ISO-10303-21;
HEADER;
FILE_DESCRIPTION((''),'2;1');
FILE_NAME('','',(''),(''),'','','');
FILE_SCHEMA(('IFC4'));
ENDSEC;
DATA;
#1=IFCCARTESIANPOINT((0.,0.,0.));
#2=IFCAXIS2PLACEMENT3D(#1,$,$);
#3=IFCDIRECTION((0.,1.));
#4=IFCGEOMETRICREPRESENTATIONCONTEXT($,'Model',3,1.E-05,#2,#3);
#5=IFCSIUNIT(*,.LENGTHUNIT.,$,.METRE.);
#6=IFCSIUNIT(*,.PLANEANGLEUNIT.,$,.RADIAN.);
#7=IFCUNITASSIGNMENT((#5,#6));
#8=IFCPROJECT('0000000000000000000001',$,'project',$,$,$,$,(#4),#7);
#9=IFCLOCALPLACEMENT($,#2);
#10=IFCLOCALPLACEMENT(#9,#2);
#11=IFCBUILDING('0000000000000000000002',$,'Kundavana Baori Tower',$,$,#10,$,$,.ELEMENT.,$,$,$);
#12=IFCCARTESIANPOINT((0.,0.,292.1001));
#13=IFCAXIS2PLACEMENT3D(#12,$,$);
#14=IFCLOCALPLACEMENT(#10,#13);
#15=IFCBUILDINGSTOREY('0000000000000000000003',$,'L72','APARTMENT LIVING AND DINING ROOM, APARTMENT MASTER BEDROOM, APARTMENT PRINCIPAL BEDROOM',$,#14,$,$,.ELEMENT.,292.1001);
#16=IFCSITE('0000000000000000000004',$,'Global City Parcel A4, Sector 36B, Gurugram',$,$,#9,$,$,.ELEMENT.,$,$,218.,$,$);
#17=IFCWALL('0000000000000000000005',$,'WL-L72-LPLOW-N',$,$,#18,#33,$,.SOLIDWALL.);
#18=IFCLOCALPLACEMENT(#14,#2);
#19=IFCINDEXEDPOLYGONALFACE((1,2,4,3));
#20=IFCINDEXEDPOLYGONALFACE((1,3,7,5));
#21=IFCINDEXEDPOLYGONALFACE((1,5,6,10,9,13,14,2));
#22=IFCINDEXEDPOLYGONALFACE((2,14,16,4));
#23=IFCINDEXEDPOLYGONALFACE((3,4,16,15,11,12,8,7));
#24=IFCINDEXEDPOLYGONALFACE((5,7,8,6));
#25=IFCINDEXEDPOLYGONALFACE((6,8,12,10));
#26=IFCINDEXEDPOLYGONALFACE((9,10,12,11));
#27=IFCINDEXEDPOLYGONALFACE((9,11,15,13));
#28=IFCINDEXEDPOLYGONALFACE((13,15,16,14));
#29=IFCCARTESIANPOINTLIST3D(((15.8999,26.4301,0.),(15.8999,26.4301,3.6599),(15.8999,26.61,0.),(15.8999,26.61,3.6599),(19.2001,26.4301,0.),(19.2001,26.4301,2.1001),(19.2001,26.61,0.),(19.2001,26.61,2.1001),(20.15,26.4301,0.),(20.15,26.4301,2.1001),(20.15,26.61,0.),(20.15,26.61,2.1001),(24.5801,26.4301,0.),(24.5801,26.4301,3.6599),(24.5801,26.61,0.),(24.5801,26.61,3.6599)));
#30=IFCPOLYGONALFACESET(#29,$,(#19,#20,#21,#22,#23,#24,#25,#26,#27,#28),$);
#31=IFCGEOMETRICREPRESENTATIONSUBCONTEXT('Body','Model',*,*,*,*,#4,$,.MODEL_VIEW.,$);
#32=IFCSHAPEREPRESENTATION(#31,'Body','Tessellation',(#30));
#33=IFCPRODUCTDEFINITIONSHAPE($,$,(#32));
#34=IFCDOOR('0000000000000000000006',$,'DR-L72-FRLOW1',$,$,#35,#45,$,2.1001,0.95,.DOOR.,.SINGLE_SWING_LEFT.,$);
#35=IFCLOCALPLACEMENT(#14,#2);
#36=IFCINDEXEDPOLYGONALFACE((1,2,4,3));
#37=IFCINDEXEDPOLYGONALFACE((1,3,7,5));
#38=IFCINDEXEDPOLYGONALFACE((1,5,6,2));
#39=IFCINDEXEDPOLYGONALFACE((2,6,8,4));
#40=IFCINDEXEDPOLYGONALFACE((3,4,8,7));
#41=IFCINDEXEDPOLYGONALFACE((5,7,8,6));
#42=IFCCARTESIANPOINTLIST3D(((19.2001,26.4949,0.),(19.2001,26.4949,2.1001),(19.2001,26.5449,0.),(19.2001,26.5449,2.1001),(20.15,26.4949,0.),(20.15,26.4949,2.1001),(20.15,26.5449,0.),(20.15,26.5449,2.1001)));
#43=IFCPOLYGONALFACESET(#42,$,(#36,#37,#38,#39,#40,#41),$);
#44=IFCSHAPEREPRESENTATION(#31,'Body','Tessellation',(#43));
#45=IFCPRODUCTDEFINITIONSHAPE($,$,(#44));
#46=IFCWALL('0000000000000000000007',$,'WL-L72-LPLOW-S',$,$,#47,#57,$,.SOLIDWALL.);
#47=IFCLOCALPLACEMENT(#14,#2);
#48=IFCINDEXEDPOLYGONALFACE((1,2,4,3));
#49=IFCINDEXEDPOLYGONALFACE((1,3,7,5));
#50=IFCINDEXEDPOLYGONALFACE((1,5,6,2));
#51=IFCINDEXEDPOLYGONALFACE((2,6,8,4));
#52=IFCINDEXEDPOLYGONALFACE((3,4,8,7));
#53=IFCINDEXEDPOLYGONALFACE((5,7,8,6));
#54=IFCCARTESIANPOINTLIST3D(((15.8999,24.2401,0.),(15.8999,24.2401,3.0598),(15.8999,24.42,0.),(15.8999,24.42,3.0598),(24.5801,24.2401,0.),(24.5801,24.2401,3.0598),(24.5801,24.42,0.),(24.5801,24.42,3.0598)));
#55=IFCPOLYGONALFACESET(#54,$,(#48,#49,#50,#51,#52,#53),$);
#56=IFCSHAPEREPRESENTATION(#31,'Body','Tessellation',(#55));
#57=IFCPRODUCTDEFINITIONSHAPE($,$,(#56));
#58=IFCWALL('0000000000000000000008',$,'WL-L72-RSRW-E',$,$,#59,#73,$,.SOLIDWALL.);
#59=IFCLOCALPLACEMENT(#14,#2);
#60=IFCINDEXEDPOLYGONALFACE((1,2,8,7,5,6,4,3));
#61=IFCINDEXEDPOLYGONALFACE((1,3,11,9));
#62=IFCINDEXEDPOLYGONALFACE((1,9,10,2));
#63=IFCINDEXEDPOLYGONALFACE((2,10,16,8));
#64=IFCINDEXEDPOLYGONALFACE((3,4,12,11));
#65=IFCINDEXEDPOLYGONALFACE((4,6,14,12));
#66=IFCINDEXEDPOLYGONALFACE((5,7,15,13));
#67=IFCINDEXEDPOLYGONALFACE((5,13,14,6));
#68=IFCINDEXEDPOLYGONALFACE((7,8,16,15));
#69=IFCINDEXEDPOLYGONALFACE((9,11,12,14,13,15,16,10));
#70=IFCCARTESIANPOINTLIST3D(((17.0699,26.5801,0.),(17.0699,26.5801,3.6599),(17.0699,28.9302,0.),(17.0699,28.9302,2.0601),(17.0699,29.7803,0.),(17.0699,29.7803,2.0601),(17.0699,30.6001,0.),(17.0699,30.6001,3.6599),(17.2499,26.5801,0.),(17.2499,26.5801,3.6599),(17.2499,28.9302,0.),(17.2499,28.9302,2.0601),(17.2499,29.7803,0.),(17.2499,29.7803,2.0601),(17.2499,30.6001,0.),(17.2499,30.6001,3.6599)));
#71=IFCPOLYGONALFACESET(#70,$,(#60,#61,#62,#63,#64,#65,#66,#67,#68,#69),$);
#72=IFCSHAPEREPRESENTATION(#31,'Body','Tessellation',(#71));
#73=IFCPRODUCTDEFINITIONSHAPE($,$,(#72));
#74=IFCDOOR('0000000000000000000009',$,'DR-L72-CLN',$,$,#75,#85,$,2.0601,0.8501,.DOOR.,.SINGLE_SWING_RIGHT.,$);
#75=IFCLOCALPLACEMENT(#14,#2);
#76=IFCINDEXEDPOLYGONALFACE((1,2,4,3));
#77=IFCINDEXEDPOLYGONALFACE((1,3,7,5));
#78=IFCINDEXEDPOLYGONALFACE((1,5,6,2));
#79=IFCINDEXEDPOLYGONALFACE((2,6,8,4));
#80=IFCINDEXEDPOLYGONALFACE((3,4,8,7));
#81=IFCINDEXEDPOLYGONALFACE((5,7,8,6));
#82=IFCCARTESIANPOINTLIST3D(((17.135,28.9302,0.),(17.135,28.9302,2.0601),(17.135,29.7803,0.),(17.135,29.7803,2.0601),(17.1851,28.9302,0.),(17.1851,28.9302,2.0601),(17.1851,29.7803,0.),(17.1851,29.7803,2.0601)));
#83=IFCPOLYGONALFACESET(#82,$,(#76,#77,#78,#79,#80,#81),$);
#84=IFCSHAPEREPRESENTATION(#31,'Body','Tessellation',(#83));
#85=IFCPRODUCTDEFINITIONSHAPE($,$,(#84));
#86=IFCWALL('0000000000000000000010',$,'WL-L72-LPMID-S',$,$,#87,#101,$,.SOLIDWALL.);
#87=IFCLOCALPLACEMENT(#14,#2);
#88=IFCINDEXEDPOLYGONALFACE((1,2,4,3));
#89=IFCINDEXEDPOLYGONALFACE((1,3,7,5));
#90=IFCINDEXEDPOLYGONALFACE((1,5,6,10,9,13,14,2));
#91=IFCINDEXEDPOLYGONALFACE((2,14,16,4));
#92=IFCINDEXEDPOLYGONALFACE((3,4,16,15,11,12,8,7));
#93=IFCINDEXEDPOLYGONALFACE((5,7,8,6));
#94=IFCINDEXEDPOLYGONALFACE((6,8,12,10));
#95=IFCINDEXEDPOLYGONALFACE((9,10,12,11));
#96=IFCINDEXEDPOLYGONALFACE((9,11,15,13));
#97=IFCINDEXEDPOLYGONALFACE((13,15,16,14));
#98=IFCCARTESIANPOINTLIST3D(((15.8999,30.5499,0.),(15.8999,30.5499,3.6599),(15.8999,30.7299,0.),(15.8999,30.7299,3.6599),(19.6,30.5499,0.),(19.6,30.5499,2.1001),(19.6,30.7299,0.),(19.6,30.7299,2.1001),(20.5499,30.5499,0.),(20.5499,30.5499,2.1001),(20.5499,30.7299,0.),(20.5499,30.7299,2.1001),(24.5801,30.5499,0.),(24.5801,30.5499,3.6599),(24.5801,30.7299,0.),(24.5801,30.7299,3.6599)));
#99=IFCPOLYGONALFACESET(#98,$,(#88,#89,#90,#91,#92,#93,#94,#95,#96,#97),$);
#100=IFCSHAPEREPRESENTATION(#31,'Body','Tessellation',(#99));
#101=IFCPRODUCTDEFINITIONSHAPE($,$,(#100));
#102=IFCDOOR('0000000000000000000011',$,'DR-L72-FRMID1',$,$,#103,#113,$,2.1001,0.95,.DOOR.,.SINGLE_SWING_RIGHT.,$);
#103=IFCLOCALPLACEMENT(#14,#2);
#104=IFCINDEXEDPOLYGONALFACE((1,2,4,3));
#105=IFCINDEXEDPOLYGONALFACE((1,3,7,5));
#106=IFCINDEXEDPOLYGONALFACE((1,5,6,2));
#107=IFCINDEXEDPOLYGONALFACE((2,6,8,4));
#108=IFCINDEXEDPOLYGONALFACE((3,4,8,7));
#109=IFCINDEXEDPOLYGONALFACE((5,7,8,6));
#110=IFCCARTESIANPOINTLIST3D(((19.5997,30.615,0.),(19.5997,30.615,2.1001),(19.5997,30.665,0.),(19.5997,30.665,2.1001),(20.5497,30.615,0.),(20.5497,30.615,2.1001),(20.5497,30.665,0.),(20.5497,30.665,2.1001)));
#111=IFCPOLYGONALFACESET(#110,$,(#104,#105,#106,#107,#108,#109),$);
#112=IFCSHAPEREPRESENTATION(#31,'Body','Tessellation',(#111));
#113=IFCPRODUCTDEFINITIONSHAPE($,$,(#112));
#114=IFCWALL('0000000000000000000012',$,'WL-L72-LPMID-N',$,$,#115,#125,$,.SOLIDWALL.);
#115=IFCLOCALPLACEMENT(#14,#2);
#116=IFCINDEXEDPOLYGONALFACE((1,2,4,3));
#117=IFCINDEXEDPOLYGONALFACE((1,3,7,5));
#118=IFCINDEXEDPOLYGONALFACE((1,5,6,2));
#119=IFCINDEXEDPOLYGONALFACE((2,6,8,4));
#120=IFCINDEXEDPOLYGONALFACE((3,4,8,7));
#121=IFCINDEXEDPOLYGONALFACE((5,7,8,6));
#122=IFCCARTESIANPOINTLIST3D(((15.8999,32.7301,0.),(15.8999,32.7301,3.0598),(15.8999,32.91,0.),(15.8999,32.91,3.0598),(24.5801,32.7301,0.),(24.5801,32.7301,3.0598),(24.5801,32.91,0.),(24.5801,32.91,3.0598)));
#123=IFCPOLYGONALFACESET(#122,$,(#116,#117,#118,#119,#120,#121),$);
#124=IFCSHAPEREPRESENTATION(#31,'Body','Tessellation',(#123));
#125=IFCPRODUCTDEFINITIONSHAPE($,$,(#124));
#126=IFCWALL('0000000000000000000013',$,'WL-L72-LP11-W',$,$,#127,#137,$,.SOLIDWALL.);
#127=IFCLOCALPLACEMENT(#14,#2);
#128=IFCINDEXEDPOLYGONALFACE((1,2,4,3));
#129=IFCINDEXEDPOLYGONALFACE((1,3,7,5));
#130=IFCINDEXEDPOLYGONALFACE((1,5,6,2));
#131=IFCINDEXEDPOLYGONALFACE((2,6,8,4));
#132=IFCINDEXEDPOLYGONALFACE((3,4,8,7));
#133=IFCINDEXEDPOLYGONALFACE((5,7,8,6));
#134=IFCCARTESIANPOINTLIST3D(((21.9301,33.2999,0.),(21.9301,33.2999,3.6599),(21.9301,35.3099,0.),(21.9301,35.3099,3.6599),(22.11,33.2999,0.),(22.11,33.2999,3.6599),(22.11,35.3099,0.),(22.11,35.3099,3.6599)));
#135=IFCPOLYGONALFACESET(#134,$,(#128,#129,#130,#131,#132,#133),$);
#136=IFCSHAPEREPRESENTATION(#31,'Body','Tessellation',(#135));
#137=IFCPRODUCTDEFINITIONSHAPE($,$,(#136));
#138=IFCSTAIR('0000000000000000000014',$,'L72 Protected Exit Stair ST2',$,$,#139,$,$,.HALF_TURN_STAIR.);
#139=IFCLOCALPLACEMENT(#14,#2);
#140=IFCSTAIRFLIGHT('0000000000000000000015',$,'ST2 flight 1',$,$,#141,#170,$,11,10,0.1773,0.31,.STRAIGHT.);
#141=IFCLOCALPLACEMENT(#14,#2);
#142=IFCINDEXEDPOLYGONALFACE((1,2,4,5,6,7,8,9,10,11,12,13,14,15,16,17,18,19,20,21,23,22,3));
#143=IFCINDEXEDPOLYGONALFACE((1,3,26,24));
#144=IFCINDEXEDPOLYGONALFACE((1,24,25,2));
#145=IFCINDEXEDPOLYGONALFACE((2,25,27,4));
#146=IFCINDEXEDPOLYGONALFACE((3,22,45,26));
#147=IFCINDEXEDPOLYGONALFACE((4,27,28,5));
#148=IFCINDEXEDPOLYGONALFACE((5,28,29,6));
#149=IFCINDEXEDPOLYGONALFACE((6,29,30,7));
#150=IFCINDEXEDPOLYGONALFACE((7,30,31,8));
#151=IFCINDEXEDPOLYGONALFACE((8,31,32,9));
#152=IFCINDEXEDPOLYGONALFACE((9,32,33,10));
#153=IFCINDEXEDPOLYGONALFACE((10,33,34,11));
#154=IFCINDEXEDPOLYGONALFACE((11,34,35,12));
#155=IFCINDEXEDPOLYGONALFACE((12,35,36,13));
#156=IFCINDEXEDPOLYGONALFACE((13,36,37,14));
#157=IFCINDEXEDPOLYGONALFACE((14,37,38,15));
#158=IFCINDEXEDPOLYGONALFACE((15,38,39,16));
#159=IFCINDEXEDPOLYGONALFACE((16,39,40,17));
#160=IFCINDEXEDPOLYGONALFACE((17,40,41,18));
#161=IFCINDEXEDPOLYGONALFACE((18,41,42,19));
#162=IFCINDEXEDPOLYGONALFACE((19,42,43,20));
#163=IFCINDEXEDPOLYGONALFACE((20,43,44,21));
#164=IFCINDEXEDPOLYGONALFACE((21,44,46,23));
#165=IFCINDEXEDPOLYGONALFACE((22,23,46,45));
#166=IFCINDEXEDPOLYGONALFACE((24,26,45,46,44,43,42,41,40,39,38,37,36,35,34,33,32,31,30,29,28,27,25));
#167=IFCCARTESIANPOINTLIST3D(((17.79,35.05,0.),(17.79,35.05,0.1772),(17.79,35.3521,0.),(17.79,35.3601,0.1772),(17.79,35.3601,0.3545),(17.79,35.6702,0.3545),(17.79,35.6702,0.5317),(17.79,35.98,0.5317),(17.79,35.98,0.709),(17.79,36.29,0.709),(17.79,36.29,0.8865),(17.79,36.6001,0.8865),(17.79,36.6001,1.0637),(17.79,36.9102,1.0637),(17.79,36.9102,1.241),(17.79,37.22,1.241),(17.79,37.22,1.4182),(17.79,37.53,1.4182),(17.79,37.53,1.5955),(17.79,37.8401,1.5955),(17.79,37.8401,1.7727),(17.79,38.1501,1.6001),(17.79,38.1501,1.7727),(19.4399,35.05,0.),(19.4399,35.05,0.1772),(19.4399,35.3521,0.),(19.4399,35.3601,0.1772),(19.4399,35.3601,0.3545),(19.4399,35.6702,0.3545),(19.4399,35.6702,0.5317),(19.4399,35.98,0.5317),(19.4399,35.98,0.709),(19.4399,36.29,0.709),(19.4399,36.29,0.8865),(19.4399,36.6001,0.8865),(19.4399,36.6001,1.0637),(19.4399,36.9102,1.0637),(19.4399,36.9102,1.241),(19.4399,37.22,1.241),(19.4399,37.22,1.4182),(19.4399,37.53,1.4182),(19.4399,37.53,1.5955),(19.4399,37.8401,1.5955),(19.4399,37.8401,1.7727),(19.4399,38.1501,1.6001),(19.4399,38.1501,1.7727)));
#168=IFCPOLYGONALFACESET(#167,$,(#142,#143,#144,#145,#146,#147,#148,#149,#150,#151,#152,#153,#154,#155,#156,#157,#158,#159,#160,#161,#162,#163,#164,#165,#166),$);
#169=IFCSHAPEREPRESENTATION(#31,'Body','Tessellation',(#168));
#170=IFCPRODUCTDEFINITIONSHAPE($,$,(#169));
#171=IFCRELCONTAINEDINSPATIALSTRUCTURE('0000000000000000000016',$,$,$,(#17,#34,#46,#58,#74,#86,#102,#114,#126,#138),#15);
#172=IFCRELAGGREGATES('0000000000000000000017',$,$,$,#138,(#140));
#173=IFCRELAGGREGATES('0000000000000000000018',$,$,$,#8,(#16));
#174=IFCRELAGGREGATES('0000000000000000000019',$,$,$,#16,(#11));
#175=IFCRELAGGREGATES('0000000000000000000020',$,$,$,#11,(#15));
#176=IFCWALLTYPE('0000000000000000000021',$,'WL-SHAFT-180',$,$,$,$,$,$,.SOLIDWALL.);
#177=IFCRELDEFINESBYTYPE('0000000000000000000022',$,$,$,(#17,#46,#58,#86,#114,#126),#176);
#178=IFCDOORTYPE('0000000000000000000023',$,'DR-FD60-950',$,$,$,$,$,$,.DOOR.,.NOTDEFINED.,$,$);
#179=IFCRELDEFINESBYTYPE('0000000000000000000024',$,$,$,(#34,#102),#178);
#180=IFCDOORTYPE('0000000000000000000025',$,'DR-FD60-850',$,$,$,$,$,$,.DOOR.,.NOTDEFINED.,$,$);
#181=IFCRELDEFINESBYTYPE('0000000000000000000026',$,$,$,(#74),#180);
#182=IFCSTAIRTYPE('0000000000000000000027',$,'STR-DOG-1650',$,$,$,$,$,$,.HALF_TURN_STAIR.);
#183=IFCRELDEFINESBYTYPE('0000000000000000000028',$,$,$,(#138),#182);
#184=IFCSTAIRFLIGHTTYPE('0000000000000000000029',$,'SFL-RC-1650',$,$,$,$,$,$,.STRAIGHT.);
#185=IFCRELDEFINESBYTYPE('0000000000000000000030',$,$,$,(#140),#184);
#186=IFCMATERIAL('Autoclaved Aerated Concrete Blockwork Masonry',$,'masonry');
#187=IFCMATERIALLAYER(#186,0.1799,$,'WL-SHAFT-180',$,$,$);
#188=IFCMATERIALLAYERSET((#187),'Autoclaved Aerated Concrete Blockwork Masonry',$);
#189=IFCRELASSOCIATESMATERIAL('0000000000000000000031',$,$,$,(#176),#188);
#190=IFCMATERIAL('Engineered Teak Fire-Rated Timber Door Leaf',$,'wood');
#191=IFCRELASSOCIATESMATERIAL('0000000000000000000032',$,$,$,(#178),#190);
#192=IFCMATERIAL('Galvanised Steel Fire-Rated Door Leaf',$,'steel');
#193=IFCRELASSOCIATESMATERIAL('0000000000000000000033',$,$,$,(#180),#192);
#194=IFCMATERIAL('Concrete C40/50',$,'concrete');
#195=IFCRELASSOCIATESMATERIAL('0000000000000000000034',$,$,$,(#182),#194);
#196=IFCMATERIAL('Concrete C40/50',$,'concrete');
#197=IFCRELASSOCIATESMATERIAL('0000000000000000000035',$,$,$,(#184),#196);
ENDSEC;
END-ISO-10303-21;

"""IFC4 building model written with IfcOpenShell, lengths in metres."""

from ifc_helpers import new_model, si_unit, direction, frame, frame_2d, origin, place, context, subcontext, project, spatial, polyline, rectangle, outline, extrude, material, layer, layer_set, type_object, element, fill, aggregate, save


model = new_model("IFC4")

# Units and contexts
model_context = context("Model", 3, precision=1e-05, world=origin(), true_north=direction((0.0, 1.0)))
body_context = subcontext(model_context, "Body", "Model", "MODEL_VIEW")
ifc_project = project(units=[si_unit("LENGTHUNIT", "METRE"), si_unit("PLANEANGLEUNIT", "RADIAN")], contexts=[model_context])

# Site, building, storey
site_placement = place(None, origin())
site = spatial("IfcSite", under=ifc_project, at=site_placement, Name="Global City Parcel A4, Sector 36B, Gurugram", CompositionType="ELEMENT", RefElevation=218.0)
building_placement = place(site_placement, origin())
building = spatial("IfcBuilding", under=site, at=building_placement, Name="Kundavana Baori Tower", CompositionType="ELEMENT")
storey_placement = place(building_placement, frame((0.0, 0.0, 292.1001)))
storey = spatial("IfcBuildingStorey", under=building, at=storey_placement, Name="L72", Description="APARTMENT LIVING AND DINING ROOM, APARTMENT MASTER BEDROOM, APARTMENT PRINCIPAL BEDROOM", CompositionType="ELEMENT", Elevation=292.1001)

# Wall, opening, door
ifc_material_1 = material(Name="Autoclaved Aerated Concrete Blockwork Masonry", Category="masonry")
ifc_layer_1 = layer(ifc_material_1, 0.1799, Name="WL-SHAFT-180")
ifc_layer_set_1 = layer_set([ifc_layer_1], Name="Autoclaved Aerated Concrete Blockwork Masonry")
wall_type_1 = type_object("IfcWallType", Name="WL-SHAFT-180", PredefinedType="SOLIDWALL", material=ifc_layer_set_1)
wall_1_placement = place(storey_placement, frame((15.8999, 26.52, 0.0), z_axis=(0.0, 0.0, 1.0), x_axis=(1.0, 0.0, 0.0)))
wall_1 = element("IfcWall", 1, at=wall_1_placement, inside=storey, type_object=wall_type_1, Name="WL-L72-LPLOW-N", PredefinedType="SOLIDWALL", context=body_context, shape_type="SweptSolid", body=[
    extrude(rectangle(XDim=8.6802, YDim=0.1799, at=frame_2d((4.3401, 0.0))), origin(), (0.0, 0.0, 1.0), 3.6599),
])
opening_1_placement = place(wall_1_placement, frame((3.3, 0.0, 0.0)))
opening_1 = element("IfcOpeningElement", 2, at=opening_1_placement, cuts=wall_1, PredefinedType="OPENING", context=body_context, shape_type="SweptSolid", body=[
    extrude(rectangle(XDim=0.95, YDim=2.1001, at=frame_2d((0.4751, 1.05))), frame((0.0, 0.1001, 0.0), z_axis=(0.0, -1.0, 0.0), x_axis=(1.0, 0.0, 0.0)), (0.0, 0.0, 1.0), 0.2),
])
ifc_material_2 = material(Name="Engineered Teak Fire-Rated Timber Door Leaf", Category="wood")
door_type_1 = type_object("IfcDoorType", Name="DR-FD60-950", OperationType="NOTDEFINED", PredefinedType="DOOR", material=ifc_material_2)
door_1_placement = place(opening_1_placement, origin())
door_1 = element("IfcDoor", 3, at=door_1_placement, inside=storey, type_object=door_type_1, Name="DR-L72-FRLOW1", OperationType="SINGLE_SWING_LEFT", OverallHeight=2.1001, OverallWidth=0.95, PredefinedType="DOOR", context=body_context, shape_type="SweptSolid", body=[
    extrude(rectangle(XDim=0.95, YDim=2.1001, at=frame_2d((0.4751, 1.05))), frame((0.0, 0.0249, 0.0), z_axis=(0.0, -1.0, 0.0), x_axis=(1.0, 0.0, 0.0)), (0.0, 0.0, 1.0), 0.05),
])
fill(opening_1, door_1)

# Wall
wall_2_placement = place(storey_placement, frame((15.8999, 24.3301, 0.0), z_axis=(0.0, 0.0, 1.0), x_axis=(1.0, 0.0, 0.0)))
element("IfcWall", 4, at=wall_2_placement, inside=storey, type_object=wall_type_1, Name="WL-L72-LPLOW-S", PredefinedType="SOLIDWALL", context=body_context, shape_type="SweptSolid", body=[
    extrude(rectangle(XDim=8.6802, YDim=0.1799, at=frame_2d((4.3401, 0.0))), origin(), (0.0, 0.0, 1.0), 3.0598),
])

# Walls, openings, doors
wall_3_placement = place(storey_placement, frame((17.1599, 26.5801, 0.0), z_axis=(0.0, 0.0, 1.0), x_axis=(0.0, 1.0, 0.0)))
wall_3 = element("IfcWall", 5, at=wall_3_placement, inside=storey, type_object=wall_type_1, Name="WL-L72-RSRW-E", PredefinedType="SOLIDWALL", context=body_context, shape_type="SweptSolid", body=[
    extrude(rectangle(XDim=4.02, YDim=0.1799, at=frame_2d((2.01, 0.0))), origin(), (0.0, 0.0, 1.0), 3.6599),
])
opening_2_placement = place(wall_3_placement, frame((2.3501, 0.0, 0.0)))
opening_2 = element("IfcOpeningElement", 6, at=opening_2_placement, cuts=wall_3, PredefinedType="OPENING", context=body_context, shape_type="SweptSolid", body=[
    extrude(rectangle(XDim=0.8501, YDim=2.0601, at=frame_2d((0.425, 1.03))), frame((0.0, 0.1001, 0.0), z_axis=(0.0, -1.0, 0.0), x_axis=(1.0, 0.0, 0.0)), (0.0, 0.0, 1.0), 0.2),
])
ifc_material_3 = material(Name="Galvanised Steel Fire-Rated Door Leaf", Category="steel")
door_type_2 = type_object("IfcDoorType", Name="DR-FD60-850", OperationType="NOTDEFINED", PredefinedType="DOOR", material=ifc_material_3)
door_2_placement = place(opening_2_placement, origin())
door_2 = element("IfcDoor", 7, at=door_2_placement, inside=storey, type_object=door_type_2, Name="DR-L72-CLN", OperationType="SINGLE_SWING_RIGHT", OverallHeight=2.0601, OverallWidth=0.8501, PredefinedType="DOOR", context=body_context, shape_type="SweptSolid", body=[
    extrude(rectangle(XDim=0.8501, YDim=2.0601, at=frame_2d((0.425, 1.03))), frame((0.0, 0.0249, 0.0), z_axis=(0.0, -1.0, 0.0), x_axis=(1.0, 0.0, 0.0)), (0.0, 0.0, 1.0), 0.05),
])
fill(opening_2, door_2)
wall_4_placement = place(storey_placement, frame((15.8999, 30.6399, 0.0), z_axis=(0.0, 0.0, 1.0), x_axis=(1.0, 0.0, 0.0)))
wall_4 = element("IfcWall", 8, at=wall_4_placement, inside=storey, type_object=wall_type_1, Name="WL-L72-LPMID-S", PredefinedType="SOLIDWALL", context=body_context, shape_type="SweptSolid", body=[
    extrude(rectangle(XDim=8.6802, YDim=0.1799, at=frame_2d((4.3401, 0.0))), origin(), (0.0, 0.0, 1.0), 3.6599),
])
opening_3_placement = place(wall_4_placement, frame((3.7, 0.0, 0.0)))
opening_3 = element("IfcOpeningElement", 9, at=opening_3_placement, cuts=wall_4, PredefinedType="OPENING", context=body_context, shape_type="SweptSolid", body=[
    extrude(rectangle(XDim=0.95, YDim=2.1001, at=frame_2d((0.4751, 1.05))), frame((0.0, 0.1001, 0.0), z_axis=(0.0, -1.0, 0.0), x_axis=(1.0, 0.0, 0.0)), (0.0, 0.0, 1.0), 0.2),
])
door_3_placement = place(opening_3_placement, frame((0.95, 0.0, 0.0), z_axis=(0.0, 0.0, 1.0), x_axis=(-1.0, 0.0, 0.0)))
door_3 = element("IfcDoor", 10, at=door_3_placement, inside=storey, type_object=door_type_1, Name="DR-L72-FRMID1", OperationType="SINGLE_SWING_RIGHT", OverallHeight=2.1001, OverallWidth=0.95, PredefinedType="DOOR", context=body_context, shape_type="SweptSolid", body=[
    extrude(rectangle(XDim=0.95, YDim=2.1001, at=frame_2d((0.4751, 1.05))), frame((0.0, 0.0249, 0.0), z_axis=(0.0, -1.0, 0.0), x_axis=(1.0, 0.0, 0.0)), (0.0, 0.0, 1.0), 0.05),
])
fill(opening_3, door_3)

# Walls
wall_5_placement = place(storey_placement, frame((15.8999, 32.8201, 0.0), z_axis=(0.0, 0.0, 1.0), x_axis=(1.0, 0.0, 0.0)))
element("IfcWall", 11, at=wall_5_placement, inside=storey, type_object=wall_type_1, Name="WL-L72-LPMID-N", PredefinedType="SOLIDWALL", context=body_context, shape_type="SweptSolid", body=[
    extrude(rectangle(XDim=8.6802, YDim=0.1799, at=frame_2d((4.3401, 0.0))), origin(), (0.0, 0.0, 1.0), 3.0598),
])
wall_6_placement = place(storey_placement, frame((22.02, 33.3, 0.0), z_axis=(0.0, 0.0, 1.0), x_axis=(0.0, 1.0, 0.0)))
element("IfcWall", 12, at=wall_6_placement, inside=storey, type_object=wall_type_1, Name="WL-L72-LP11-W", PredefinedType="SOLIDWALL", context=body_context, shape_type="SweptSolid", body=[
    extrude(rectangle(XDim=2.01, YDim=0.1799, at=frame_2d((1.0049, 0.0))), origin(), (0.0, 0.0, 1.0), 3.6599),
])

# Stair, stair flight
ifc_material_4 = material(Name="Concrete C40/50", Category="concrete")
stair_type = type_object("IfcStairType", Name="STR-DOG-1650", PredefinedType="HALF_TURN_STAIR", material=ifc_material_4)
stair_placement = place(storey_placement, origin())
stair = element("IfcStair", 13, at=stair_placement, inside=storey, type_object=stair_type, Name="L72 Protected Exit Stair ST2", PredefinedType="HALF_TURN_STAIR")
ifc_material_5 = material(Name="Concrete C40/50", Category="concrete")
stair_flight_type = type_object("IfcStairFlightType", Name="SFL-RC-1650", PredefinedType="STRAIGHT", material=ifc_material_5)
stair_flight_placement = place(storey_placement, frame((18.615, 35.05, 0.0), z_axis=(0.0, 0.0, 1.0), x_axis=(0.0, 1.0, 0.0)))
stair_flight = element("IfcStairFlight", 14, at=stair_flight_placement, type_object=stair_flight_type, Name="ST2 flight 1", NumberOfRisers=11, NumberOfTreads=10, PredefinedType="STRAIGHT", RiserHeight=0.1773, TreadLength=0.31, context=body_context, shape_type="SweptSolid", body=[
    extrude(outline(polyline([(0.0, 0.0), (0.0, 0.1772), (0.3101, 0.1772), (0.3101, 0.3545), (0.6201, 0.3545), (0.6201, 0.5317), (0.9299, 0.5317), (0.9299, 0.709), (1.24, 0.709), (1.24, 0.8865), (1.55, 0.8865), (1.55, 1.0637), (1.8601, 1.0637), (1.8601, 1.241), (2.1699, 1.241), (2.1699, 1.4182), (2.48, 1.4182), (2.48, 1.5955), (2.79, 1.5955), (2.79, 1.7727), (3.1001, 1.7727), (3.1001, 1.95), (3.1001, 1.6001), (0.302, 0.0), (0.0, 0.0)])), frame((0.0, 0.825, 0.0), z_axis=(0.0, -1.0, 0.0), x_axis=(1.0, 0.0, 0.0)), (0.0, 0.0, 1.0), 1.6499),
])
aggregate(stair, [stair_flight])

save(model, "model.ifc")
